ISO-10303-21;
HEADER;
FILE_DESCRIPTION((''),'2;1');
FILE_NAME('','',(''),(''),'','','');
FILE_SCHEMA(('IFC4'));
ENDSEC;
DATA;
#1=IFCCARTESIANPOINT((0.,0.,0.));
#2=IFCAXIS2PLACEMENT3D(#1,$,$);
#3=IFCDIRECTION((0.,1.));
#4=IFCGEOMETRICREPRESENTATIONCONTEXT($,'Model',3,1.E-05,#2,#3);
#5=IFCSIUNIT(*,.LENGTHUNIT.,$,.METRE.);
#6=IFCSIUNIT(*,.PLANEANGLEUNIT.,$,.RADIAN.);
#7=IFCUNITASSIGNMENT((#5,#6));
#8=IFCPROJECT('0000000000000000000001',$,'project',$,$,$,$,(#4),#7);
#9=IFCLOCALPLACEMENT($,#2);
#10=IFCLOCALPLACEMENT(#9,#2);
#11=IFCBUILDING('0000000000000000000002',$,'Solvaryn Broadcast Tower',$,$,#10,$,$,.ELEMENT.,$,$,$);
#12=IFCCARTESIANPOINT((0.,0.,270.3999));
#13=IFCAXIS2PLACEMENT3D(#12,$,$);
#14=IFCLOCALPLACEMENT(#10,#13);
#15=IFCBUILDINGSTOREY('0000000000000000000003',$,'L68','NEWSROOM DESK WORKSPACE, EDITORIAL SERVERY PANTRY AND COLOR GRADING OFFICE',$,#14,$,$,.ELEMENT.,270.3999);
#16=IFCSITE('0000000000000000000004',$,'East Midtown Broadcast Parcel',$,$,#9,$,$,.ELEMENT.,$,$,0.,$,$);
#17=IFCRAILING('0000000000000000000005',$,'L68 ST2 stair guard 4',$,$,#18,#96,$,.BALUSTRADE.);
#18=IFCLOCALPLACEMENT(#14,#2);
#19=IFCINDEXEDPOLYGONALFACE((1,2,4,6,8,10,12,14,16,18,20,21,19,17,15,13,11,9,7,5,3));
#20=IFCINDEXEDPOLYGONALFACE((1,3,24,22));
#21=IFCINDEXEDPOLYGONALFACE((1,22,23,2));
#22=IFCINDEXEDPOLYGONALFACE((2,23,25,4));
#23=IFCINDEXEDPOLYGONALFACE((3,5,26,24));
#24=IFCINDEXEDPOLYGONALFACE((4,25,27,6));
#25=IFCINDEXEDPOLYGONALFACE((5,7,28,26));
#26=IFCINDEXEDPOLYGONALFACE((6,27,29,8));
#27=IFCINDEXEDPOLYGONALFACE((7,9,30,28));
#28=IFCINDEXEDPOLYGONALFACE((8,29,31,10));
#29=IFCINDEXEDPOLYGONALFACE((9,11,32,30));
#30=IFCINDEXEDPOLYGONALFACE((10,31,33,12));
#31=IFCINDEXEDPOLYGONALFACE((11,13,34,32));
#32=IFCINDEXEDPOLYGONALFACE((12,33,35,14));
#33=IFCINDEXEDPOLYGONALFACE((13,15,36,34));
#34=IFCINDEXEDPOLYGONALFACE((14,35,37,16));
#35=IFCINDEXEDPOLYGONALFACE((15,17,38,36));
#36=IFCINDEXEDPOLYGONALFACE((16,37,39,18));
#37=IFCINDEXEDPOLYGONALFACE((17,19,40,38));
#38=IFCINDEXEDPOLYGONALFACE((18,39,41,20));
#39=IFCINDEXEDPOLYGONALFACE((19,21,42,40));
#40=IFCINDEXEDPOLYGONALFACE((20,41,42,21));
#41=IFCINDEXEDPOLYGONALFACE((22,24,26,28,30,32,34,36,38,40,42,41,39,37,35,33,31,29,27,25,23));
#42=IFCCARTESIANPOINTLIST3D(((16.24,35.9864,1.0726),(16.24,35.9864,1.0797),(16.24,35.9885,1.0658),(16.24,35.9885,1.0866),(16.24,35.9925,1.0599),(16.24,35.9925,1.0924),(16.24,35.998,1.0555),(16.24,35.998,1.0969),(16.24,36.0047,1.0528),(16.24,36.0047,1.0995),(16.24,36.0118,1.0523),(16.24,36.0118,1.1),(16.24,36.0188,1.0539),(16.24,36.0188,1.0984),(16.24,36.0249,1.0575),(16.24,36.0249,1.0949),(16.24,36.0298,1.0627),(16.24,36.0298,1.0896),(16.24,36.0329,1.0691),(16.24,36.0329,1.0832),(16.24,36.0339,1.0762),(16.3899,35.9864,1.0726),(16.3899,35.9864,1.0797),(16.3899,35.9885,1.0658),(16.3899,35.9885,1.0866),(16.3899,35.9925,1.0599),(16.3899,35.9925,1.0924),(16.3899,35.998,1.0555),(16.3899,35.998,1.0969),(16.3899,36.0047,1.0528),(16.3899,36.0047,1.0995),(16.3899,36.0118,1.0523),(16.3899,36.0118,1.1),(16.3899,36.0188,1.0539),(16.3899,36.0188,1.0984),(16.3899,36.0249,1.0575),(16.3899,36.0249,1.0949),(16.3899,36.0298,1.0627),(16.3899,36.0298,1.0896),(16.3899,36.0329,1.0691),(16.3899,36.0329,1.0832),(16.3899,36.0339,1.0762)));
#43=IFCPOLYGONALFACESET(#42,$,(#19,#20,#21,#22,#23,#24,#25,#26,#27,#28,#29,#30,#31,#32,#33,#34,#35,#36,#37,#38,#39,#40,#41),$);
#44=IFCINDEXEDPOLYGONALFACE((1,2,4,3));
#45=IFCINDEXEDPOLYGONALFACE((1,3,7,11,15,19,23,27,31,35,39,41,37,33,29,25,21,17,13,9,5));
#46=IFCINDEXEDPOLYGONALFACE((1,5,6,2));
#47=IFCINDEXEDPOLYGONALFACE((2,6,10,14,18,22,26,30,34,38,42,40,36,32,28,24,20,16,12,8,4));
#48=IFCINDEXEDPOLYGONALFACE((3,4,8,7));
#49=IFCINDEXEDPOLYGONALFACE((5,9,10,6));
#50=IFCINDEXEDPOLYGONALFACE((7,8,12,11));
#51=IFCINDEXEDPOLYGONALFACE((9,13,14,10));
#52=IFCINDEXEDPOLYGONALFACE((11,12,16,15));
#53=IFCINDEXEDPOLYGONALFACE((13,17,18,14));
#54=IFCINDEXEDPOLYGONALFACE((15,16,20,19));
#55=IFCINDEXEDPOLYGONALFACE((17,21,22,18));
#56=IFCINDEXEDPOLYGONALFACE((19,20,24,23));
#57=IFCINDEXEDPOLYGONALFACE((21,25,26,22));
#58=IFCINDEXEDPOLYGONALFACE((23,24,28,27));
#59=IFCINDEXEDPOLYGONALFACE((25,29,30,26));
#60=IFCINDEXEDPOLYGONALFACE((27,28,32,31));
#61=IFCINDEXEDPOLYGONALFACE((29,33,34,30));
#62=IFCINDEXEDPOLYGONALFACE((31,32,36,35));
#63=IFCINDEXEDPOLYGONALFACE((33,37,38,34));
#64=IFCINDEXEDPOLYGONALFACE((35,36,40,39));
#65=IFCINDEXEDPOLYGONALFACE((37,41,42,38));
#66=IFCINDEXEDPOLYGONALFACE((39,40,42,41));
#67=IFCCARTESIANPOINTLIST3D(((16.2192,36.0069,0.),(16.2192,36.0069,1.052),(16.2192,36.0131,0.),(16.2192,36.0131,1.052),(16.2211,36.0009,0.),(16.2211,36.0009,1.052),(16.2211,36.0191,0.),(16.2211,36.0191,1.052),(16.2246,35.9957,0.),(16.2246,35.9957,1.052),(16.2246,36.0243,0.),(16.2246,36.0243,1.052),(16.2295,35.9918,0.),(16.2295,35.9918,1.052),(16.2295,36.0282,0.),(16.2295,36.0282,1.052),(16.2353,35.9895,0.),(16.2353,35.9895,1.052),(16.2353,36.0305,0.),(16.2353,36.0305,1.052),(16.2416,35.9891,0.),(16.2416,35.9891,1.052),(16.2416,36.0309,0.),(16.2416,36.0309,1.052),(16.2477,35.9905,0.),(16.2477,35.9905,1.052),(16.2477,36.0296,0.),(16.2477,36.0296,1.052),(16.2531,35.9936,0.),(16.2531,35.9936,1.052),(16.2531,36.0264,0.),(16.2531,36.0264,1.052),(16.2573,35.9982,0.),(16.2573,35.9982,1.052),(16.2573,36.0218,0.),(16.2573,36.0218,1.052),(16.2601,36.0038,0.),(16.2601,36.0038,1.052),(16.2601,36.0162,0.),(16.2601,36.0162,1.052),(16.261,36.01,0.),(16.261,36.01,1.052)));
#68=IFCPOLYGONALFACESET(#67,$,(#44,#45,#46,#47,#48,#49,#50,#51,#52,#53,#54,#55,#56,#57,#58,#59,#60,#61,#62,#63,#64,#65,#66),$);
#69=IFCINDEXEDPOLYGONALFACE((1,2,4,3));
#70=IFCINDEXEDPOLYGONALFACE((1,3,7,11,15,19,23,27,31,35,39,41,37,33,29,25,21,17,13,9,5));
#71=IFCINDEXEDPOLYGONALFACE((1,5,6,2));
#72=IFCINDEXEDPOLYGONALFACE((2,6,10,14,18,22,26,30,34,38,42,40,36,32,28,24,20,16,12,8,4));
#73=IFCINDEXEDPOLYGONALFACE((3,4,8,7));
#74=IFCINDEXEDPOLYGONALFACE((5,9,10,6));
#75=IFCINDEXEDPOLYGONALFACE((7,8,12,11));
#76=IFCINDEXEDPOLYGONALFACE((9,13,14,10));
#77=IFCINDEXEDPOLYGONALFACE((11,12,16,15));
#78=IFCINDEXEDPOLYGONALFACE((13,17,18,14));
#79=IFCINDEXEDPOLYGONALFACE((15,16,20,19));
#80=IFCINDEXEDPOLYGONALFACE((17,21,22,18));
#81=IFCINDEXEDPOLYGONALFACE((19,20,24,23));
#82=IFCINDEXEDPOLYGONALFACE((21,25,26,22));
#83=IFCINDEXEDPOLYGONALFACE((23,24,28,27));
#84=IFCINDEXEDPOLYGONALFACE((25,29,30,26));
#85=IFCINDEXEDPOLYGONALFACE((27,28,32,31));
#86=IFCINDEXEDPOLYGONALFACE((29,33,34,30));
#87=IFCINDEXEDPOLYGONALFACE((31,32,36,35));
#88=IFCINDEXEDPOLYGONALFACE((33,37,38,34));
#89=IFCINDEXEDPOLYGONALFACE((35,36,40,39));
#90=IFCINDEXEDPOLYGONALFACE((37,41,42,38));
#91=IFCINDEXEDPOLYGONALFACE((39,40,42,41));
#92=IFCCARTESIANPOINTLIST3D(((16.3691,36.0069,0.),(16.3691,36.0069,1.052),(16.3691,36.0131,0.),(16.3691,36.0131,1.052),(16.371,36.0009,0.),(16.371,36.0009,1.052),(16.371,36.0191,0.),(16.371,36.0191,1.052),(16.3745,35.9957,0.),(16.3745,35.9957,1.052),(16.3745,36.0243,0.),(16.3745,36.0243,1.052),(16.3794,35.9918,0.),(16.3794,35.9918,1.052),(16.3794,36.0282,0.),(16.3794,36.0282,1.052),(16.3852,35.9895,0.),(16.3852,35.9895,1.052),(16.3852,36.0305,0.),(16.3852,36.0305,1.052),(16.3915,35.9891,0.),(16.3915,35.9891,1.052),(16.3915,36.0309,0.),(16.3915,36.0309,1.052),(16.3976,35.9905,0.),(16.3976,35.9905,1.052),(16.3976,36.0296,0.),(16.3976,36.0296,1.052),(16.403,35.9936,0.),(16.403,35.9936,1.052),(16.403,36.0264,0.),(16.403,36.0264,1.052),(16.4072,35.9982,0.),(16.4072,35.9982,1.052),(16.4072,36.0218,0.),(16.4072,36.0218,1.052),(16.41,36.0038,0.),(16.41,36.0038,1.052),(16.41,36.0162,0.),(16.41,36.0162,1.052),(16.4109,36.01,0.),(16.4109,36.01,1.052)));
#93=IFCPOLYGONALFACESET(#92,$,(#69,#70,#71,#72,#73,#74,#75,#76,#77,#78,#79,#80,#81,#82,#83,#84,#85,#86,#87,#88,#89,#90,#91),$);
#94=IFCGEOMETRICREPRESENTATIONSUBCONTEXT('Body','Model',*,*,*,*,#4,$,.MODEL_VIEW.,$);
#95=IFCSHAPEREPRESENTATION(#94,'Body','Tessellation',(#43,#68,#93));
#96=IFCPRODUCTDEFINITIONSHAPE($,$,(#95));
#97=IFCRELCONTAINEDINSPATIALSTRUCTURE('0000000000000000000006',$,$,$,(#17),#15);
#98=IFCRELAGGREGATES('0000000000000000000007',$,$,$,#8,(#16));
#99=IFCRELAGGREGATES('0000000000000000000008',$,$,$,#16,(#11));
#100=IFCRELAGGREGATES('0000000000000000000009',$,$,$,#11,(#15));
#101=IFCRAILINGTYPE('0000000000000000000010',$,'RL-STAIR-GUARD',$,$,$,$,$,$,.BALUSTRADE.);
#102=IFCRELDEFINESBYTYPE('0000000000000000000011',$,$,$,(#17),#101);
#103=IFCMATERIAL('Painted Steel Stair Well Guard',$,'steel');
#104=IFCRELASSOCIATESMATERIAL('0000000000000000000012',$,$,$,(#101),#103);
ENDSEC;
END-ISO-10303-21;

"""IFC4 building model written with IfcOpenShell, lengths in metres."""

from ifc_helpers import new_model, si_unit, direction, frame, origin, origin_2d, place, context, subcontext, project, spatial, circle, extrude, material, type_object, element, save


model = new_model("IFC4")

# Units and contexts
model_context = context("Model", 3, precision=1e-05, world=origin(), true_north=direction((0.0, 1.0)))
body_context = subcontext(model_context, "Body", "Model", "MODEL_VIEW")
ifc_project = project(units=[si_unit("LENGTHUNIT", "METRE"), si_unit("PLANEANGLEUNIT", "RADIAN")], contexts=[model_context])

# Site, building, storey
site_placement = place(None, origin())
site = spatial("IfcSite", under=ifc_project, at=site_placement, Name="East Midtown Broadcast Parcel", CompositionType="ELEMENT", RefElevation=0.0)
building_placement = place(site_placement, origin())
building = spatial("IfcBuilding", under=site, at=building_placement, Name="Solvaryn Broadcast Tower", CompositionType="ELEMENT")
storey_placement = place(building_placement, frame((0.0, 0.0, 270.3999)))
storey = spatial("IfcBuildingStorey", under=building, at=storey_placement, Name="L68", Description="NEWSROOM DESK WORKSPACE, EDITORIAL SERVERY PANTRY AND COLOR GRADING OFFICE", CompositionType="ELEMENT", Elevation=270.3999)

# Railing
ifc_material_1 = material(Name="Painted Steel Stair Well Guard", Category="steel")
railing_type_1 = type_object("IfcRailingType", Name="RL-STAIR-GUARD", PredefinedType="BALUSTRADE", material=ifc_material_1)
railing_1_placement = place(storey_placement, frame((16.24, 36.01, 0.0)))
element("IfcRailing", 1, at=railing_1_placement, inside=storey, type_object=railing_type_1, Name="L68 ST2 stair guard 4", PredefinedType="BALUSTRADE", context=body_context, shape_type="SweptSolid", body=[
    extrude(circle(Radius=0.0239, at=origin_2d()), frame((0.0, 0.0, 1.0762), z_axis=(1.0, 0.0, 0.0), x_axis=(0.0, 1.0, 0.0)), (0.0, 0.0, 1.0), 0.1499),
    extrude(circle(Radius=0.021, at=origin_2d()), origin(), (0.0, 0.0, 1.0), 1.052),
    extrude(circle(Radius=0.021, at=origin_2d()), frame((0.1499, 0.0, 0.0)), (0.0, 0.0, 1.0), 1.052),
])

save(model, "model.ifc")
